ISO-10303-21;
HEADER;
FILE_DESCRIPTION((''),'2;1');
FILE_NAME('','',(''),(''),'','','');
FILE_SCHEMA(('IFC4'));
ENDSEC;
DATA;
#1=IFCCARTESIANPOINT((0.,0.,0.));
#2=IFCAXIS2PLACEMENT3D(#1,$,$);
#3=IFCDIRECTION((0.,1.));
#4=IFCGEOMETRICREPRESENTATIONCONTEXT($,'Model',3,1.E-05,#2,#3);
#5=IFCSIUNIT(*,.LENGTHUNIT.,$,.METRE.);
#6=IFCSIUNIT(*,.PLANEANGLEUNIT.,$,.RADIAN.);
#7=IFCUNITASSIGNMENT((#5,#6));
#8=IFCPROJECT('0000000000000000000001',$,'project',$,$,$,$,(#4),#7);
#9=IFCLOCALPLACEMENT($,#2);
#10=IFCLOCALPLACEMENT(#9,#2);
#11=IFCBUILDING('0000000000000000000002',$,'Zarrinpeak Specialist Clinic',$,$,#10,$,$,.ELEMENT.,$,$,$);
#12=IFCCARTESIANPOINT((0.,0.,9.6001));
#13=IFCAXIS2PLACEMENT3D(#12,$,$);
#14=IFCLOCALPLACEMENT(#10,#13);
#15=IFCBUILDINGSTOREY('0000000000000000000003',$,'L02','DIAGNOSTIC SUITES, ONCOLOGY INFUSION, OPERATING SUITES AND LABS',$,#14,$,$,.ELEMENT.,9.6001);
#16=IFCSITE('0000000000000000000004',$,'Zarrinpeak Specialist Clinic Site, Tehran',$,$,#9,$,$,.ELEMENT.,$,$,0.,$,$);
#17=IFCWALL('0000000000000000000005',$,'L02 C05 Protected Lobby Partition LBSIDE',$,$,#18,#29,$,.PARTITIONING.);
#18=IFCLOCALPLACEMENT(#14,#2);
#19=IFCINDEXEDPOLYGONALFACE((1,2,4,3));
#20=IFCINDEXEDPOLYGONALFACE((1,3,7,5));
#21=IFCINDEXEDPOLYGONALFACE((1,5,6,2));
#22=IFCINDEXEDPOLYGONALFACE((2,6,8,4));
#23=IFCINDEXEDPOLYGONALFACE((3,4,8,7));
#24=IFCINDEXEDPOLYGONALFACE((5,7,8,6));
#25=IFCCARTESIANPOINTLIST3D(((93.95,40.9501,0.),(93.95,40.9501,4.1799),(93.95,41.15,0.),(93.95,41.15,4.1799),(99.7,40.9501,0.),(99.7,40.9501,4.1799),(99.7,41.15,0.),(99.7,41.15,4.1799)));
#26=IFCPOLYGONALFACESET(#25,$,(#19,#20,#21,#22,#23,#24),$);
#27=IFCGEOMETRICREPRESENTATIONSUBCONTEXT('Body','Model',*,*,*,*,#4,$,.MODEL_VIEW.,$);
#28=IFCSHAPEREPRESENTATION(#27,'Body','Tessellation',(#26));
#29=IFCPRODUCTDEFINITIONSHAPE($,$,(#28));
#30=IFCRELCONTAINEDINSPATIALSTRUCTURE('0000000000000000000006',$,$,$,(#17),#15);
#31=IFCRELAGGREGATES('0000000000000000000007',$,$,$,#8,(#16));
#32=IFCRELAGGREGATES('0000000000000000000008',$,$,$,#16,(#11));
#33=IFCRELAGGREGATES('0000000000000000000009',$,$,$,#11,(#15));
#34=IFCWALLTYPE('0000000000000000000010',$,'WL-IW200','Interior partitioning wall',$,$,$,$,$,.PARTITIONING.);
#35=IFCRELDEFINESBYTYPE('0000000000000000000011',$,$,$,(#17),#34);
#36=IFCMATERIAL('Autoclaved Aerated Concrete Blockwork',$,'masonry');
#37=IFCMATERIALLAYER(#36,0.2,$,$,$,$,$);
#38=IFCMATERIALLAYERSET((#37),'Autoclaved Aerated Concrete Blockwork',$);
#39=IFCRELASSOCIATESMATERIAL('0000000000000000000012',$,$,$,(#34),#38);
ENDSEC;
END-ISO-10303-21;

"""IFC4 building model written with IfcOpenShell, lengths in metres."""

from ifc_helpers import new_model, si_unit, direction, frame, frame_2d, origin, place, context, subcontext, project, spatial, rectangle, extrude, material, layer, layer_set, type_object, element, save


model = new_model("IFC4")

# Units and contexts
model_context = context("Model", 3, precision=1e-05, world=origin(), true_north=direction((0.0, 1.0)))
body_context = subcontext(model_context, "Body", "Model", "MODEL_VIEW")
ifc_project = project(units=[si_unit("LENGTHUNIT", "METRE"), si_unit("PLANEANGLEUNIT", "RADIAN")], contexts=[model_context])

# Site, building, storey
site_placement = place(None, origin())
site = spatial("IfcSite", under=ifc_project, at=site_placement, Name="Zarrinpeak Specialist Clinic Site, Tehran", CompositionType="ELEMENT", RefElevation=0.0)
building_placement = place(site_placement, origin())
building = spatial("IfcBuilding", under=site, at=building_placement, Name="Zarrinpeak Specialist Clinic", CompositionType="ELEMENT")
storey_placement = place(building_placement, frame((0.0, 0.0, 9.6001)))
storey = spatial("IfcBuildingStorey", under=building, at=storey_placement, Name="L02", Description="DIAGNOSTIC SUITES, ONCOLOGY INFUSION, OPERATING SUITES AND LABS", CompositionType="ELEMENT", Elevation=9.6001)

# Wall
ifc_material_1 = material(Name="Autoclaved Aerated Concrete Blockwork", Category="masonry")
ifc_layer_1 = layer(ifc_material_1, 0.2)
ifc_layer_set_1 = layer_set([ifc_layer_1], Name="Autoclaved Aerated Concrete Blockwork")
wall_type_1 = type_object("IfcWallType", Name="WL-IW200", Description="Interior partitioning wall", PredefinedType="PARTITIONING", material=ifc_layer_set_1)
wall_1_placement = place(storey_placement, frame((93.95, 41.05, 0.0), z_axis=(0.0, 0.0, 1.0), x_axis=(1.0, 0.0, 0.0)))
element("IfcWall", 1, at=wall_1_placement, inside=storey, type_object=wall_type_1, Name="L02 C05 Protected Lobby Partition LBSIDE", PredefinedType="PARTITIONING", context=body_context, shape_type="SweptSolid", body=[
    extrude(rectangle(XDim=5.75, YDim=0.2, at=frame_2d((2.875, 0.0))), origin(), (0.0, 0.0, 1.0), 4.1799),
])

save(model, "model.ifc")
